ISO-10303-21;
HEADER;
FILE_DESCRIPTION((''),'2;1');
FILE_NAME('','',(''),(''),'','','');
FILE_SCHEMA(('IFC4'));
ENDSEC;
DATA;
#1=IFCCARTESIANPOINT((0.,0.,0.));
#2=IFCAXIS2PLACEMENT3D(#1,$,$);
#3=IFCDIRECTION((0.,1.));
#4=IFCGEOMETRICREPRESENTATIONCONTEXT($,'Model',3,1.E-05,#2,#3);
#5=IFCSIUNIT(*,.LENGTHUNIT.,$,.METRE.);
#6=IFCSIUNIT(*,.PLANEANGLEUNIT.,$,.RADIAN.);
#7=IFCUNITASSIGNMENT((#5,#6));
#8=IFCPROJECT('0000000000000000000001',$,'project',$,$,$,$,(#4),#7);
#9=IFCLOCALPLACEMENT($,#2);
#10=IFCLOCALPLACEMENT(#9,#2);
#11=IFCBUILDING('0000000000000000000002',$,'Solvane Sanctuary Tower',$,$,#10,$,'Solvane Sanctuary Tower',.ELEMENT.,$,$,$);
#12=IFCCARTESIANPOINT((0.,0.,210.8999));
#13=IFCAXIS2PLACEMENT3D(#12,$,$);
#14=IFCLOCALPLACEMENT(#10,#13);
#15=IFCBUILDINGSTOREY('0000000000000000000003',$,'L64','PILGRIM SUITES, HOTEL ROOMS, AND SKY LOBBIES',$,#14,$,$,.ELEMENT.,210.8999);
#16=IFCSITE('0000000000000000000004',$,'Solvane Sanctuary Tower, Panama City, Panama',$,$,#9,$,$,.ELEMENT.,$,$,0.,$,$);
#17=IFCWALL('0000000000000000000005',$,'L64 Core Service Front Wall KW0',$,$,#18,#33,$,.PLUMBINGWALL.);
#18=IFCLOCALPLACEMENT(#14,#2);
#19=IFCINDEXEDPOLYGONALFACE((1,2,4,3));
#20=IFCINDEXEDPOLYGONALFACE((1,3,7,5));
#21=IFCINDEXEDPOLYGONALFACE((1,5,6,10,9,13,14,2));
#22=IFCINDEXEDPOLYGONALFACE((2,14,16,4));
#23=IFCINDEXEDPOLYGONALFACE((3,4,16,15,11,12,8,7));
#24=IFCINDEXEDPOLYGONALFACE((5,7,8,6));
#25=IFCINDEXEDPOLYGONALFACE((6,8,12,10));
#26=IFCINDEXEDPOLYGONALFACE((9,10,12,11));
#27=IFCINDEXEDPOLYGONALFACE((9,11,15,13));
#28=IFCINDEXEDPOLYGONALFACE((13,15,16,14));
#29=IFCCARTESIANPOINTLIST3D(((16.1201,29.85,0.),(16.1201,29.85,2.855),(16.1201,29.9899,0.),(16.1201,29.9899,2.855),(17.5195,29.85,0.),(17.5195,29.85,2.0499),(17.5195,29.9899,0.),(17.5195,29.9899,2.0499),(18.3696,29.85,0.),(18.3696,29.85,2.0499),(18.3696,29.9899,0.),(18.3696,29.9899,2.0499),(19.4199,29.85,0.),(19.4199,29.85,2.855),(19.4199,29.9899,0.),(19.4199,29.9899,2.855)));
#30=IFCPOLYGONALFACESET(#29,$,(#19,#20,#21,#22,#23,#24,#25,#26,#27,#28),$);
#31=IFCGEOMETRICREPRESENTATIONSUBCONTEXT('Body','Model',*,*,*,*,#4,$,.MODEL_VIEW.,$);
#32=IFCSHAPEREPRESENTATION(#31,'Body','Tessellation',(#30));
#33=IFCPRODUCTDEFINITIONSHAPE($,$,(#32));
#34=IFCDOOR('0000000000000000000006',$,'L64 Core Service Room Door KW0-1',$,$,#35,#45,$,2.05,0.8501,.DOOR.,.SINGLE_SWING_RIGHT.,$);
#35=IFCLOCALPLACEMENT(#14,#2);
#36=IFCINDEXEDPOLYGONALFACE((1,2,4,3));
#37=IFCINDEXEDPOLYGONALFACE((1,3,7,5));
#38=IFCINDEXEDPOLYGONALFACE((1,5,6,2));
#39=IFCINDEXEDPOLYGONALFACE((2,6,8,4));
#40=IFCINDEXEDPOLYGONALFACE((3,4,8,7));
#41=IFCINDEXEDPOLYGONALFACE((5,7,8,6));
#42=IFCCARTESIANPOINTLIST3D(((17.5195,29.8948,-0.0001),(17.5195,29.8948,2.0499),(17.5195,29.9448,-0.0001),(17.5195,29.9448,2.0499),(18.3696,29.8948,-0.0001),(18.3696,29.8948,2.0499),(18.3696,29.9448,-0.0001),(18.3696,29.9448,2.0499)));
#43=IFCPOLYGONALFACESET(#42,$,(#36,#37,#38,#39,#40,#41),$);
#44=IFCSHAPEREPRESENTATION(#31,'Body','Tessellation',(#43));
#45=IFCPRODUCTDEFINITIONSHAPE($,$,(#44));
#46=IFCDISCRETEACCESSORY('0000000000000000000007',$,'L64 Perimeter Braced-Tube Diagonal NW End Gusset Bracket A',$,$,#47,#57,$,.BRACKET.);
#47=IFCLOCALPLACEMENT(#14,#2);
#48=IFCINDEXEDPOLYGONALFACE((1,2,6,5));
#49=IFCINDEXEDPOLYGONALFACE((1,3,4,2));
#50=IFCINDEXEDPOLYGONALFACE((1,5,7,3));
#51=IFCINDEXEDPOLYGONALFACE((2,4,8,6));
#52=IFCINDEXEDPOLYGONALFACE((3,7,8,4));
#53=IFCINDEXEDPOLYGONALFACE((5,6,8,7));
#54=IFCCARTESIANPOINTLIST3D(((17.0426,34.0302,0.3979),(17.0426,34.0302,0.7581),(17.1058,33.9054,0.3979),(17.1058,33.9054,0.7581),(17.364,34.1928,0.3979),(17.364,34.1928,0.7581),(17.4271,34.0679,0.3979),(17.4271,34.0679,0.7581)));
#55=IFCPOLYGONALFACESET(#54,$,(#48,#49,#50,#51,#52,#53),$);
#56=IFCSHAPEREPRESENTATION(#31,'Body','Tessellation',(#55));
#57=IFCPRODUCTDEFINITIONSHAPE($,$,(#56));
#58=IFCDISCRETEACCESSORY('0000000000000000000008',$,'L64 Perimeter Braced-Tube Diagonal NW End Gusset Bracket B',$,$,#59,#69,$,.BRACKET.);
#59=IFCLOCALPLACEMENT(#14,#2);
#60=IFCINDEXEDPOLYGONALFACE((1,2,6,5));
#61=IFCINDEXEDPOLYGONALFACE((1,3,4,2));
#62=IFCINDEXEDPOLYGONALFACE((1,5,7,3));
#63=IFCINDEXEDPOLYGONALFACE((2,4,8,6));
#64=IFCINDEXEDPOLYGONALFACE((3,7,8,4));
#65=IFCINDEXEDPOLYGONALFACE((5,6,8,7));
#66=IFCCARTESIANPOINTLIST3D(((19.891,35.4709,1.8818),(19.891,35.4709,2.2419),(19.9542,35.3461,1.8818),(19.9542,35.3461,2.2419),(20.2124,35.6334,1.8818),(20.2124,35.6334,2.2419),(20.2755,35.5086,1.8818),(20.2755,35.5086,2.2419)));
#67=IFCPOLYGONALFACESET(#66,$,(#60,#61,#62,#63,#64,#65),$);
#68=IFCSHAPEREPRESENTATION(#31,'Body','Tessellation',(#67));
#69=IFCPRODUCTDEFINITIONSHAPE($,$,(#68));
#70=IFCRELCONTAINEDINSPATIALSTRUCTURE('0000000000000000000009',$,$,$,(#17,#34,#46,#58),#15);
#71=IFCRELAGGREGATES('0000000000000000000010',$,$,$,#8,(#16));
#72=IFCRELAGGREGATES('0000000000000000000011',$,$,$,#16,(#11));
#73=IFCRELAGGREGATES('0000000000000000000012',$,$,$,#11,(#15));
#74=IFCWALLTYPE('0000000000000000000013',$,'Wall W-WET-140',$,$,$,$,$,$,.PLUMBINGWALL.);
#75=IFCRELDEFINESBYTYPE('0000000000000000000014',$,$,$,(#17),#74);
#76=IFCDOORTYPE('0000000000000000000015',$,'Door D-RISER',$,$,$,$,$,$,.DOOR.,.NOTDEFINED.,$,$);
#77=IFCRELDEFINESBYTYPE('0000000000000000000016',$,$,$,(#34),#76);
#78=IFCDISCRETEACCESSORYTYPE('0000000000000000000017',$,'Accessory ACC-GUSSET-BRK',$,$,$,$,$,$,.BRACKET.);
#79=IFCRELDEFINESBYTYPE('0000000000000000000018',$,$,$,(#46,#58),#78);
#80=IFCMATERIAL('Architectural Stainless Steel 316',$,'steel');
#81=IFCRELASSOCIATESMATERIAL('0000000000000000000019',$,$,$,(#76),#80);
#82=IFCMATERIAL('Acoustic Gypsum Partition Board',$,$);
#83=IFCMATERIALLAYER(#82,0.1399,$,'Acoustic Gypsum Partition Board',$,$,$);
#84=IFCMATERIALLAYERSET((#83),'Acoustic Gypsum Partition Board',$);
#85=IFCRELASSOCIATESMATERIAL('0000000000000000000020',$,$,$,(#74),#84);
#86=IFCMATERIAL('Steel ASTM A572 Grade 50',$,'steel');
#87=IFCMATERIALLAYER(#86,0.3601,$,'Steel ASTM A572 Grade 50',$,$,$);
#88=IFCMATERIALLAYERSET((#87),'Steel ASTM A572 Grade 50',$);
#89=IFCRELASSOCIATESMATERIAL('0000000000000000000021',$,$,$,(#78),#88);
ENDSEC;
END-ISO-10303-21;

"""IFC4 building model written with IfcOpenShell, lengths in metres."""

from ifc_helpers import new_model, si_unit, direction, frame, frame_2d, origin, origin_2d, place, context, subcontext, project, spatial, rectangle, extrude, material, layer, layer_set, type_object, element, fill, save


model = new_model("IFC4")

# Units and contexts
model_context = context("Model", 3, precision=1e-05, world=origin(), true_north=direction((0.0, 1.0)))
body_context = subcontext(model_context, "Body", "Model", "MODEL_VIEW")
ifc_project = project(units=[si_unit("LENGTHUNIT", "METRE"), si_unit("PLANEANGLEUNIT", "RADIAN")], contexts=[model_context])

# Site, building, storey
site_placement = place(None, origin())
site = spatial("IfcSite", under=ifc_project, at=site_placement, Name="Solvane Sanctuary Tower, Panama City, Panama", CompositionType="ELEMENT", RefElevation=0.0)
building_placement = place(site_placement, origin())
building = spatial("IfcBuilding", under=site, at=building_placement, Name="Solvane Sanctuary Tower", LongName="Solvane Sanctuary Tower", CompositionType="ELEMENT")
storey_placement = place(building_placement, frame((0.0, 0.0, 210.8999)))
storey = spatial("IfcBuildingStorey", under=building, at=storey_placement, Name="L64", Description="PILGRIM SUITES, HOTEL ROOMS, AND SKY LOBBIES", CompositionType="ELEMENT", Elevation=210.8999)

# Shared definitions
ifc_material_1 = material(Name="Acoustic Gypsum Partition Board")

# Shared definitions
ifc_material_2 = material(Name="Architectural Stainless Steel 316", Category="steel")
door_type_1 = type_object("IfcDoorType", Name="Door D-RISER", OperationType="NOTDEFINED", PredefinedType="DOOR", material=ifc_material_2)

# Wall, opening, door
ifc_layer_1 = layer(ifc_material_1, 0.1399, Name="Acoustic Gypsum Partition Board")
ifc_layer_set_1 = layer_set([ifc_layer_1], Name="Acoustic Gypsum Partition Board")
wall_type_1 = type_object("IfcWallType", Name="Wall W-WET-140", PredefinedType="PLUMBINGWALL", material=ifc_layer_set_1)
wall_1_placement = place(storey_placement, frame((16.1201, 29.9199, 0.0), z_axis=(0.0, 0.0, 1.0), x_axis=(1.0, 0.0, 0.0)))
wall_1 = element("IfcWall", 1, at=wall_1_placement, inside=storey, type_object=wall_type_1, Name="L64 Core Service Front Wall KW0", PredefinedType="PLUMBINGWALL", context=body_context, shape_type="SweptSolid", body=[
    extrude(rectangle(XDim=3.2998, YDim=0.1399, at=frame_2d((1.6499, 0.0))), origin(), (0.0, 0.0, 1.0), 2.855),
])
opening_1_placement = place(wall_1_placement, frame((1.3994, 0.0, 0.0)))
opening_1 = element("IfcOpeningElement", 2, at=opening_1_placement, cuts=wall_1, PredefinedType="OPENING", context=body_context, shape_type="SweptSolid", body=[
    extrude(rectangle(XDim=0.8501, YDim=2.05, at=frame_2d((0.425, 1.0249))), frame((0.0, 0.0798, 0.0), z_axis=(0.0, -1.0, 0.0), x_axis=(1.0, 0.0, 0.0)), (0.0, 0.0, 1.0), 0.1599),
])
door_1_placement = place(opening_1_placement, origin())
door_1 = element("IfcDoor", 3, at=door_1_placement, inside=storey, type_object=door_type_1, Name="L64 Core Service Room Door KW0-1", OperationType="SINGLE_SWING_RIGHT", OverallHeight=2.05, OverallWidth=0.8501, PredefinedType="DOOR", context=body_context, shape_type="SweptSolid", body=[
    extrude(rectangle(XDim=0.8501, YDim=2.05, at=frame_2d((0.425, 1.0249))), frame((0.0, 0.0249, 0.0), z_axis=(0.0, -1.0, 0.0), x_axis=(1.0, 0.0, 0.0)), (0.0, 0.0, 1.0), 0.05),
])
fill(opening_1, door_1)

# Discrete accessories
ifc_material_3 = material(Name="Steel ASTM A572 Grade 50", Category="steel")
ifc_layer_2 = layer(ifc_material_3, 0.3601, Name="Steel ASTM A572 Grade 50")
ifc_layer_set_2 = layer_set([ifc_layer_2], Name="Steel ASTM A572 Grade 50")
discrete_accessory_type = type_object("IfcDiscreteAccessoryType", Name="Accessory ACC-GUSSET-BRK", PredefinedType="BRACKET", material=ifc_layer_set_2)
for number, where, z_axis, x_axis, name in (
    (4, (17.2349, 34.0491, 0.3979), (0.0, 0.0, 1.0), (0.89235, 0.451345, 0.0), "L64 Perimeter Braced-Tube Diagonal NW End Gusset Bracket A"),
    (5, (20.0833, 35.4897, 1.8818), (0.0, 0.0, 1.0), (0.89235, 0.451345, 0.0), "L64 Perimeter Braced-Tube Diagonal NW End Gusset Bracket B"),
):
    element("IfcDiscreteAccessory", number, at=place(storey_placement, frame(where, z_axis=z_axis, x_axis=x_axis)), inside=storey, type_object=discrete_accessory_type, Name=name, PredefinedType="BRACKET", context=body_context, shape_type="SweptSolid", body=[
        extrude(rectangle(XDim=0.3601, YDim=0.1399, at=origin_2d()), origin(), (0.0, 0.0, 1.0), 0.3601),
    ])

save(model, "model.ifc")
